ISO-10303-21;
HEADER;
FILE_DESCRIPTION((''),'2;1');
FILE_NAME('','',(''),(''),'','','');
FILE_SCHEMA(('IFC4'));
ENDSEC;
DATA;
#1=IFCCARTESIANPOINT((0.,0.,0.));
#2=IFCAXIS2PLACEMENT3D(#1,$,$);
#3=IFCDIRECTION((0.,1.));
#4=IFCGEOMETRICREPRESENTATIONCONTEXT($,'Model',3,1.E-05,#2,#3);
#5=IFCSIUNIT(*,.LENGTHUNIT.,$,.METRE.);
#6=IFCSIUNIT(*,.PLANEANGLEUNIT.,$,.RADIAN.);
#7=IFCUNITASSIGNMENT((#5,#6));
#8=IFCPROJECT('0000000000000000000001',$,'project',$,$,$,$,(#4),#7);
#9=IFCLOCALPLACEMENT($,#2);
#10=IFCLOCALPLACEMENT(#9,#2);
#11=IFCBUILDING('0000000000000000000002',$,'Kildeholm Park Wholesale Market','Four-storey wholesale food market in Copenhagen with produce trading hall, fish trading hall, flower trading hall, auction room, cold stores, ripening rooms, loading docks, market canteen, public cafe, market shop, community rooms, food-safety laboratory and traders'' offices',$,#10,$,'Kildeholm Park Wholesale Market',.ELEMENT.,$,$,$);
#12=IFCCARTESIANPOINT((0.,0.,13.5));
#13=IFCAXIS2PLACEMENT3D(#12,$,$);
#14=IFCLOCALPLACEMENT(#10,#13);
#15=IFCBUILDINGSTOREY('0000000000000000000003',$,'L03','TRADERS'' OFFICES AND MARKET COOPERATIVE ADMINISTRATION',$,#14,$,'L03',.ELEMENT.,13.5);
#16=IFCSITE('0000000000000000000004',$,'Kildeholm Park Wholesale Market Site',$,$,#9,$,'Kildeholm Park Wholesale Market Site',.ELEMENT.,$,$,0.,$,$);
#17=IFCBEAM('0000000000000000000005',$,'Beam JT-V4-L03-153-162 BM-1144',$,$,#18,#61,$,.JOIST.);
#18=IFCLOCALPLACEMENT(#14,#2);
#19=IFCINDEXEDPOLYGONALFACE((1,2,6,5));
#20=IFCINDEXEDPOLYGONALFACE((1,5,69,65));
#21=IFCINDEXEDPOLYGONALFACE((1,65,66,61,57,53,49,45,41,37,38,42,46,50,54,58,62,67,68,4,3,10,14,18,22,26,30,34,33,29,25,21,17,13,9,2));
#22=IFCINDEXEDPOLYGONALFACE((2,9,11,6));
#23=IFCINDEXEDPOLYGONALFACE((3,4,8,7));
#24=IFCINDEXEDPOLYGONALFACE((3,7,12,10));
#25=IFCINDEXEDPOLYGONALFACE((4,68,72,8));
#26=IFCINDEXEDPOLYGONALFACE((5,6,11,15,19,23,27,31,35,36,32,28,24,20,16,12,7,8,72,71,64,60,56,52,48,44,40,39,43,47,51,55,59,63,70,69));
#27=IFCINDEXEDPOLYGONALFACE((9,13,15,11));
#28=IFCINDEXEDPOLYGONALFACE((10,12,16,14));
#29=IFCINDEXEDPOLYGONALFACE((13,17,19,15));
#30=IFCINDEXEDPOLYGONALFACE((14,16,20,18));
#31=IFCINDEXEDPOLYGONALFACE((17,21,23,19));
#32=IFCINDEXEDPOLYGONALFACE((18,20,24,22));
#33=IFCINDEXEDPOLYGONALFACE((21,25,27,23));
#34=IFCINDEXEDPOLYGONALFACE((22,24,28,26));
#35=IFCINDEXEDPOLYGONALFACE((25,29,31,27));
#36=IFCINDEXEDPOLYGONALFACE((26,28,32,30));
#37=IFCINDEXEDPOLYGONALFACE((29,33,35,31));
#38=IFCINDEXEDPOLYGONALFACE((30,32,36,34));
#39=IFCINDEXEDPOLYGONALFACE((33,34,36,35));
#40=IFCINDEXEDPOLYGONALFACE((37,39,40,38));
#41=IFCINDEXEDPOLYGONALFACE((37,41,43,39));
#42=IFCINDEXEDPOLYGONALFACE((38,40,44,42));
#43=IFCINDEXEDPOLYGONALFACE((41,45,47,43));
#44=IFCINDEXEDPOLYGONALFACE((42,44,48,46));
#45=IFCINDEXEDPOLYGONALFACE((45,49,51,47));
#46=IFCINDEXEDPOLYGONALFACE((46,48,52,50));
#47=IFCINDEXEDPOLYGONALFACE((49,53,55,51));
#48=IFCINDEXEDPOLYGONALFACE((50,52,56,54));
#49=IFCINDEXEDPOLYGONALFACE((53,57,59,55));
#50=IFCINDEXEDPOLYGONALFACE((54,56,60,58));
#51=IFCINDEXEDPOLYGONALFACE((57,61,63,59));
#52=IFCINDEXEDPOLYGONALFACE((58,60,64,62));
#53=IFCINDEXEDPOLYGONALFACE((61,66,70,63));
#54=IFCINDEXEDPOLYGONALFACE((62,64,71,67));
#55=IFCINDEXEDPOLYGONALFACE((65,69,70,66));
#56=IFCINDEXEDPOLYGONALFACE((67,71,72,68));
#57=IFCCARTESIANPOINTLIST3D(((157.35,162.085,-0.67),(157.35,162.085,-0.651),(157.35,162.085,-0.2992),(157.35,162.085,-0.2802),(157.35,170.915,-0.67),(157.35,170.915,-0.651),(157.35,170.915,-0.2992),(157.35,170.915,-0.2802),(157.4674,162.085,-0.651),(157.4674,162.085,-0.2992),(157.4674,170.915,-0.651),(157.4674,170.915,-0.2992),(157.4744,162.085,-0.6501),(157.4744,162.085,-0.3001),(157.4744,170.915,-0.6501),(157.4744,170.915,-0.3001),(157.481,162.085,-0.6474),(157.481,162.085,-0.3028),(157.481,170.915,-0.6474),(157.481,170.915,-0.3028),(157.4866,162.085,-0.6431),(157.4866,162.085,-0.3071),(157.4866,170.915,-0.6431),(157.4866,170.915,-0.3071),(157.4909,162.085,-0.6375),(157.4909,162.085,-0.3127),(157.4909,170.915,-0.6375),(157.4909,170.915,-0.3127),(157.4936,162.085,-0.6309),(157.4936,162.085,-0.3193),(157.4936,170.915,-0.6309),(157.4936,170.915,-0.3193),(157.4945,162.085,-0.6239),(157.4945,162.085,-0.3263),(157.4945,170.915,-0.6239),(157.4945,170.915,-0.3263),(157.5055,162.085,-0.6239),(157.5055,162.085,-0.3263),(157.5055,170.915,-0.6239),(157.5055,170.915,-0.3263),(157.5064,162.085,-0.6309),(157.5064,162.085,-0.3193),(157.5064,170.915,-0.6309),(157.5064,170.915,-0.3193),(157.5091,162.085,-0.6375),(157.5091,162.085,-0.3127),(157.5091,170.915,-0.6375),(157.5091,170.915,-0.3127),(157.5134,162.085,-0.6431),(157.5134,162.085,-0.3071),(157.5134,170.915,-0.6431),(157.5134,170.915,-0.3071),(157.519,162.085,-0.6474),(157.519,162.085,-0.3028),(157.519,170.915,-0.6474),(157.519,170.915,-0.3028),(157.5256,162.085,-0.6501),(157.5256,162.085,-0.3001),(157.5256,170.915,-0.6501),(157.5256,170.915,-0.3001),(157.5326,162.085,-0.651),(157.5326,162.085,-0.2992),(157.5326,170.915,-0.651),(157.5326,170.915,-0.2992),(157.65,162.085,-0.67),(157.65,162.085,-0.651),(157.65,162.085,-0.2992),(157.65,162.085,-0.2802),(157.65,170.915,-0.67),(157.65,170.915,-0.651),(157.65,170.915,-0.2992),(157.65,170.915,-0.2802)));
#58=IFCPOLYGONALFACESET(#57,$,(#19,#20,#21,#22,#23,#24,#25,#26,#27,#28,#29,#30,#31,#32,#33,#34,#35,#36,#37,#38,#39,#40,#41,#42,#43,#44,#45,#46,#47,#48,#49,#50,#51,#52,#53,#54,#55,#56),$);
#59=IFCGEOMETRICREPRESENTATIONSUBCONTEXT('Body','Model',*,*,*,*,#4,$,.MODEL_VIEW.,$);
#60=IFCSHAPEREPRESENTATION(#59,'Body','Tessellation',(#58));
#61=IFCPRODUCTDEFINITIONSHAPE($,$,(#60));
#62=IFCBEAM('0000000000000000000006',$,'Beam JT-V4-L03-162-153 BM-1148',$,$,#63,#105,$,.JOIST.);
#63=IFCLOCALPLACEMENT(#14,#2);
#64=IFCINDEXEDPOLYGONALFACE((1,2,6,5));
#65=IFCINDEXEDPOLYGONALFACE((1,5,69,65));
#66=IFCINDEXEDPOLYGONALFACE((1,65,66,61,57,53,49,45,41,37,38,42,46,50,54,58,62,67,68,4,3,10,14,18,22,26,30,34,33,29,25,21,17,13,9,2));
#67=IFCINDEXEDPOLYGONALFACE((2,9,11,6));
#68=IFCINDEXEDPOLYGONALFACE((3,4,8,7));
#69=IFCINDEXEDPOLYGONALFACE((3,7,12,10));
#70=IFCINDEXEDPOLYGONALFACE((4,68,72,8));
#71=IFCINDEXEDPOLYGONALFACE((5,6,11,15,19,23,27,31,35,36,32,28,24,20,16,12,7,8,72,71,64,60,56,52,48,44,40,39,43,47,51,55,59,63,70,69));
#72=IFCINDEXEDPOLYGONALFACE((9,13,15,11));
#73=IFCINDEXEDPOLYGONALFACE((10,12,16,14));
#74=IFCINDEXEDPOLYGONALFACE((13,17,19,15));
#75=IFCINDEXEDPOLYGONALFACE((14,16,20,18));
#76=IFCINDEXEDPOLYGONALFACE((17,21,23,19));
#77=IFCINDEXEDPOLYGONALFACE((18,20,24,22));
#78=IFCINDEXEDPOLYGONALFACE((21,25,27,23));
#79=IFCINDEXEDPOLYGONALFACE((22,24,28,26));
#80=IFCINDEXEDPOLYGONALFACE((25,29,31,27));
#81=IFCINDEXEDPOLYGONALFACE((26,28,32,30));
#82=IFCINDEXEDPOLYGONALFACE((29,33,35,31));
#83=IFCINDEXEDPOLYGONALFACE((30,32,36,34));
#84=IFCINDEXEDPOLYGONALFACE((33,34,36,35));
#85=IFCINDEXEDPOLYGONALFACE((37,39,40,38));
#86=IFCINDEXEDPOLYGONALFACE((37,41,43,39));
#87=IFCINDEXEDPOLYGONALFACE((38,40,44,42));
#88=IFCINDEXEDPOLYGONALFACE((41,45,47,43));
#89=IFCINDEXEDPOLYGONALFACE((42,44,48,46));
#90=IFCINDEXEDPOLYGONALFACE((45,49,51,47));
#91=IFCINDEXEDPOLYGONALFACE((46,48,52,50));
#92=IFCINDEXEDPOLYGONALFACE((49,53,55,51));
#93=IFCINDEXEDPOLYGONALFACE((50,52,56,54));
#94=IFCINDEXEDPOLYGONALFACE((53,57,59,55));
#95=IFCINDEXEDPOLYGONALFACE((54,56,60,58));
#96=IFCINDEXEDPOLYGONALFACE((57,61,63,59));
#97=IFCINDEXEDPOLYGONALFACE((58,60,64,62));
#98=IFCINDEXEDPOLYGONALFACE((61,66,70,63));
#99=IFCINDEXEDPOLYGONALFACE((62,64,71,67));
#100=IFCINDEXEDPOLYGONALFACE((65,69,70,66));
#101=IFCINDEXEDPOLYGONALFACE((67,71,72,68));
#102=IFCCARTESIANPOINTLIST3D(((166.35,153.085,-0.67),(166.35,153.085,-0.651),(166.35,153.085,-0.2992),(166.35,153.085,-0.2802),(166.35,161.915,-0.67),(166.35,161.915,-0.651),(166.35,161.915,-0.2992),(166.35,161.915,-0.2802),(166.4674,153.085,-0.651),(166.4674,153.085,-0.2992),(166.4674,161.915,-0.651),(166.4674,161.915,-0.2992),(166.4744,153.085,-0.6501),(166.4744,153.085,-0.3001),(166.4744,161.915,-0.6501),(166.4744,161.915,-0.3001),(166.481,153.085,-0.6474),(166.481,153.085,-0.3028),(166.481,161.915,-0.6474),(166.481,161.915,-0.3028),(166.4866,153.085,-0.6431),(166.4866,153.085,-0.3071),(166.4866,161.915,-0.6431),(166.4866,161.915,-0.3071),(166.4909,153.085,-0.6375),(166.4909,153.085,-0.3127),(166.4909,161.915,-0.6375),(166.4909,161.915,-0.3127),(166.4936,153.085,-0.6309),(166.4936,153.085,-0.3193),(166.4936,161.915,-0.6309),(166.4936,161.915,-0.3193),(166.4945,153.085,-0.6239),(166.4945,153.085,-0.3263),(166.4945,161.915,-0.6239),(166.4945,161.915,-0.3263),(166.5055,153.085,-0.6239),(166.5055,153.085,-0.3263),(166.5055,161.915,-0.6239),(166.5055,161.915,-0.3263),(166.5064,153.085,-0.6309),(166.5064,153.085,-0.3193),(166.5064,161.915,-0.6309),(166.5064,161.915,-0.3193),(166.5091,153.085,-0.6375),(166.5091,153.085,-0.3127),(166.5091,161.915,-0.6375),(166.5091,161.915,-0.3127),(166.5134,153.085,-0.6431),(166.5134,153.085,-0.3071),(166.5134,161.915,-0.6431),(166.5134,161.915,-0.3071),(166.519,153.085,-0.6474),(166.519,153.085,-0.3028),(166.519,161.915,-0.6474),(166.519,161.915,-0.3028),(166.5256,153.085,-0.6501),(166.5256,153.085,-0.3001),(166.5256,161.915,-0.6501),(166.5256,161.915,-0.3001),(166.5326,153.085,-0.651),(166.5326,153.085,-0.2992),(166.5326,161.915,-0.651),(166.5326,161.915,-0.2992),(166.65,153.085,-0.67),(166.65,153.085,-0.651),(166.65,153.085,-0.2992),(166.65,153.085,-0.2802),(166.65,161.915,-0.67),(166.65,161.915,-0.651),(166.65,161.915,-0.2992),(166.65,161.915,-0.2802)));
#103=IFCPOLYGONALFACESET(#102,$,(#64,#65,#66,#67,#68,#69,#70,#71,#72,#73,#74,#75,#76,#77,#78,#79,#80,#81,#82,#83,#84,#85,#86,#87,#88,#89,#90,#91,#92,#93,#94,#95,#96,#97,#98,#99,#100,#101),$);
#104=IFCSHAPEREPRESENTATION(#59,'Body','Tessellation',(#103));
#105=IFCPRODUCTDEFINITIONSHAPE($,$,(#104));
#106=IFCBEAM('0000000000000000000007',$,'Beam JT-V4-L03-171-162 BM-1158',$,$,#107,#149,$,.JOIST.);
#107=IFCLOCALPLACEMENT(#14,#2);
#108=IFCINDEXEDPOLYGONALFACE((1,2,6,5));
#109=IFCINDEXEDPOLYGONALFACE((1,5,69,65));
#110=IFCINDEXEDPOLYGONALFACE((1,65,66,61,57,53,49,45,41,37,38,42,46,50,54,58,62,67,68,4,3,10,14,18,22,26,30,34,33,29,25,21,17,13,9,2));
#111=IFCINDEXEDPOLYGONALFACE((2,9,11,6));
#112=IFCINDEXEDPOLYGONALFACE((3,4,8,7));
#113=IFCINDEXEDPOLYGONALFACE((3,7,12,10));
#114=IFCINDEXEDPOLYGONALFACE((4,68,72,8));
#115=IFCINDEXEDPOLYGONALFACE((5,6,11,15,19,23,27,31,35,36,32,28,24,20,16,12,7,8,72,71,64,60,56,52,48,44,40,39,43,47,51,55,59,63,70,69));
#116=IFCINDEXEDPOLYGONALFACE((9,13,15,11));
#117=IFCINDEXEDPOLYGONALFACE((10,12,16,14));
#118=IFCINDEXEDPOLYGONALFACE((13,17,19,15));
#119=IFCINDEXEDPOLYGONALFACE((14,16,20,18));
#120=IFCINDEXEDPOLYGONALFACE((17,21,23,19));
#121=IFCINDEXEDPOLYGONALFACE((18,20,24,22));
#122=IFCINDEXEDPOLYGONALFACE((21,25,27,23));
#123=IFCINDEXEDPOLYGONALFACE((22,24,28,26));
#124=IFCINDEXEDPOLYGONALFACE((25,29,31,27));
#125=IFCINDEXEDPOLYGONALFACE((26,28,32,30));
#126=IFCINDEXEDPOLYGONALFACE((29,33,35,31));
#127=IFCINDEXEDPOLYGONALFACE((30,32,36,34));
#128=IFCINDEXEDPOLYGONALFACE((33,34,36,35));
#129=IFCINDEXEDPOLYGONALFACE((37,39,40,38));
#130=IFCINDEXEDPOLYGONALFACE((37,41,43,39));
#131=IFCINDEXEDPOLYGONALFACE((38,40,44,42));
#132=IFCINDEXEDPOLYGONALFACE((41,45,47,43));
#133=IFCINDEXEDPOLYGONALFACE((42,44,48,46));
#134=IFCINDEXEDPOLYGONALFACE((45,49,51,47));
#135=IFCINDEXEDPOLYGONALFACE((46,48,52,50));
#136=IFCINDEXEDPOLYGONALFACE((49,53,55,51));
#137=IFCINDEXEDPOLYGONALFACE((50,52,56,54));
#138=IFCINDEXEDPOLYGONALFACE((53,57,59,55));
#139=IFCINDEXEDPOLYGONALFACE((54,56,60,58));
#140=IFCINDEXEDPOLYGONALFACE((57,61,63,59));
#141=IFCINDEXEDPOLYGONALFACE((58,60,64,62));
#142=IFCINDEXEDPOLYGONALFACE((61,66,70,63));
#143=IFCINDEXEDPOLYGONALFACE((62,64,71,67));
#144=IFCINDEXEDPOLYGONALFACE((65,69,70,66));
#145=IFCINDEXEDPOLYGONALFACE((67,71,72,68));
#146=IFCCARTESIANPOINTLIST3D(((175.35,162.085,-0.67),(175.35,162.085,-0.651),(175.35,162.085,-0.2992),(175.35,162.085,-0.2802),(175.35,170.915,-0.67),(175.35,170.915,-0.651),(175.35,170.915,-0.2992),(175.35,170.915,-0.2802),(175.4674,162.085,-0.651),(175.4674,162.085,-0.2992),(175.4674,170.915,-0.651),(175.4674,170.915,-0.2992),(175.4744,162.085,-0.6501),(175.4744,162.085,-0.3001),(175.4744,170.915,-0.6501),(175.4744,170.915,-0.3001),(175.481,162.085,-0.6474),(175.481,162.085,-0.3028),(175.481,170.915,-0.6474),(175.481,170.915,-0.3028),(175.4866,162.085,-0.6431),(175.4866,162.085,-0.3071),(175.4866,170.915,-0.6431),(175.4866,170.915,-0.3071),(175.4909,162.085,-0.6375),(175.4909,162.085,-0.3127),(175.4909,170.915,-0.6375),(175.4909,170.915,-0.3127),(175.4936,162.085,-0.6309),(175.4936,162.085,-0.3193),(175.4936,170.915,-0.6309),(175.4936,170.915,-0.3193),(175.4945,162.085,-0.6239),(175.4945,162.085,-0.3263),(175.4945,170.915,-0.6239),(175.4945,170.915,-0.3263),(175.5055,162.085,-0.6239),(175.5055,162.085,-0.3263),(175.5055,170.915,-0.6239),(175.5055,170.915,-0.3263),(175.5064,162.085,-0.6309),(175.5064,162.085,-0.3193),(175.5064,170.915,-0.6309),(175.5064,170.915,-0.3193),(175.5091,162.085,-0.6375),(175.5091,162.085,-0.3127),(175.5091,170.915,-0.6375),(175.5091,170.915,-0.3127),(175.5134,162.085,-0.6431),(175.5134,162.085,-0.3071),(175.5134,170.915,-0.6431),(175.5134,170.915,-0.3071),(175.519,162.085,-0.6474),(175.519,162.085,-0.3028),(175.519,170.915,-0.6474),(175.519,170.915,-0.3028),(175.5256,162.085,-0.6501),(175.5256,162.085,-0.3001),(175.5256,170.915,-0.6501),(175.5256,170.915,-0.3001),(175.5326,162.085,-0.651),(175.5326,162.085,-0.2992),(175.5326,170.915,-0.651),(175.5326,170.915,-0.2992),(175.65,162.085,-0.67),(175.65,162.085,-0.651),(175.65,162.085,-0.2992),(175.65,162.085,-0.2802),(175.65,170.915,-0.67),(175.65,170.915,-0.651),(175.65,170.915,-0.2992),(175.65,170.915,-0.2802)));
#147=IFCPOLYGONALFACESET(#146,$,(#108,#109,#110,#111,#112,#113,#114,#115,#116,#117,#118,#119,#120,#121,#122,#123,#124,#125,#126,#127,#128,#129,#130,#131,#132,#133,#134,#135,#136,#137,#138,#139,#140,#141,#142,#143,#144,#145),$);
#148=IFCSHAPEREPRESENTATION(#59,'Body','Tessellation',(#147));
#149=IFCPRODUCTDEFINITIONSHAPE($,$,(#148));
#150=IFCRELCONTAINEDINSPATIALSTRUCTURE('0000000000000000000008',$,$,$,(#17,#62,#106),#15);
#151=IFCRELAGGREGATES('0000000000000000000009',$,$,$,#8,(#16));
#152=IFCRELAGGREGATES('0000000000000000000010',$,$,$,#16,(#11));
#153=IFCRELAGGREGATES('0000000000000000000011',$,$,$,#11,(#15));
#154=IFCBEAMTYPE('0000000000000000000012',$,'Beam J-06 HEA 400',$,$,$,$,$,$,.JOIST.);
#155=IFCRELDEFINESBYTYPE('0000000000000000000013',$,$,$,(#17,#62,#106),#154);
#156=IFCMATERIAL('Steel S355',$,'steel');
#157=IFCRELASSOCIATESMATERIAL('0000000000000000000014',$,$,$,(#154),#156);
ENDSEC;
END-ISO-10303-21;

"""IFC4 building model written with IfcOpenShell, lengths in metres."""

from ifc_helpers import new_model, si_unit, direction, frame, origin, origin_2d, place, context, subcontext, project, spatial, i_section, extrude, material, material_profile, profile_set, type_object, element, save


model = new_model("IFC4")

# Units and contexts
model_context = context("Model", 3, precision=1e-05, world=origin(), true_north=direction((0.0, 1.0)))
body_context = subcontext(model_context, "Body", "Model", "MODEL_VIEW")
ifc_project = project(units=[si_unit("LENGTHUNIT", "METRE"), si_unit("PLANEANGLEUNIT", "RADIAN")], contexts=[model_context])

# Site, building, storey
site_placement = place(None, origin())
site = spatial("IfcSite", under=ifc_project, at=site_placement, Name="Kildeholm Park Wholesale Market Site", LongName="Kildeholm Park Wholesale Market Site", CompositionType="ELEMENT", RefElevation=0.0)
building_placement = place(site_placement, origin())
building = spatial("IfcBuilding", under=site, at=building_placement, Name="Kildeholm Park Wholesale Market", Description="Four-storey wholesale food market in Copenhagen with produce trading hall, fish trading hall, flower trading hall, auction room, cold stores, ripening rooms, loading docks, market canteen, public cafe, market shop, community rooms, food-safety laboratory and traders' offices", LongName="Kildeholm Park Wholesale Market", CompositionType="ELEMENT")
storey_placement = place(building_placement, frame((0.0, 0.0, 13.5)))
storey = spatial("IfcBuildingStorey", under=building, at=storey_placement, Name="L03", Description="TRADERS' OFFICES AND MARKET COOPERATIVE ADMINISTRATION", LongName="L03", CompositionType="ELEMENT", Elevation=13.5)

# Beams
ifc_material_1 = material(Name="Steel S355", Category="steel")
ifc_material_profile_1 = material_profile(ifc_material_1, i_section(OverallWidth=0.3, OverallDepth=0.3899, WebThickness=0.011, FlangeThickness=0.019, FilletRadius=0.0271, at=origin_2d()), Name="HEA 400")
ifc_profile_set_1 = profile_set([ifc_material_profile_1], Name="Steel S355")
beam_type_1 = type_object("IfcBeamType", Name="Beam J-06 HEA 400", PredefinedType="JOIST", material=ifc_profile_set_1)
for number, where, z_axis, x_axis, name in (
    (1, (157.5, 162.085, -0.4751), (0.0, 1.0, 0.0), (-1.0, 0.0, 0.0), "Beam JT-V4-L03-153-162 BM-1144"),
    (2, (166.5, 153.085, -0.4751), (0.0, 1.0, 0.0), (-1.0, 0.0, 0.0), "Beam JT-V4-L03-162-153 BM-1148"),
    (3, (175.5, 162.085, -0.4751), (0.0, 1.0, 0.0), (-1.0, 0.0, 0.0), "Beam JT-V4-L03-171-162 BM-1158"),
):
    element("IfcBeam", number, at=place(storey_placement, frame(where, z_axis=z_axis, x_axis=x_axis)), inside=storey, type_object=beam_type_1, Name=name, PredefinedType="JOIST", context=body_context, shape_type="SweptSolid", body=[
        extrude(i_section(OverallWidth=0.3, OverallDepth=0.3899, WebThickness=0.011, FlangeThickness=0.019, FilletRadius=0.0271, at=origin_2d()), origin(), (0.0, 0.0, 1.0), 8.8301),
    ])

save(model, "model.ifc")
